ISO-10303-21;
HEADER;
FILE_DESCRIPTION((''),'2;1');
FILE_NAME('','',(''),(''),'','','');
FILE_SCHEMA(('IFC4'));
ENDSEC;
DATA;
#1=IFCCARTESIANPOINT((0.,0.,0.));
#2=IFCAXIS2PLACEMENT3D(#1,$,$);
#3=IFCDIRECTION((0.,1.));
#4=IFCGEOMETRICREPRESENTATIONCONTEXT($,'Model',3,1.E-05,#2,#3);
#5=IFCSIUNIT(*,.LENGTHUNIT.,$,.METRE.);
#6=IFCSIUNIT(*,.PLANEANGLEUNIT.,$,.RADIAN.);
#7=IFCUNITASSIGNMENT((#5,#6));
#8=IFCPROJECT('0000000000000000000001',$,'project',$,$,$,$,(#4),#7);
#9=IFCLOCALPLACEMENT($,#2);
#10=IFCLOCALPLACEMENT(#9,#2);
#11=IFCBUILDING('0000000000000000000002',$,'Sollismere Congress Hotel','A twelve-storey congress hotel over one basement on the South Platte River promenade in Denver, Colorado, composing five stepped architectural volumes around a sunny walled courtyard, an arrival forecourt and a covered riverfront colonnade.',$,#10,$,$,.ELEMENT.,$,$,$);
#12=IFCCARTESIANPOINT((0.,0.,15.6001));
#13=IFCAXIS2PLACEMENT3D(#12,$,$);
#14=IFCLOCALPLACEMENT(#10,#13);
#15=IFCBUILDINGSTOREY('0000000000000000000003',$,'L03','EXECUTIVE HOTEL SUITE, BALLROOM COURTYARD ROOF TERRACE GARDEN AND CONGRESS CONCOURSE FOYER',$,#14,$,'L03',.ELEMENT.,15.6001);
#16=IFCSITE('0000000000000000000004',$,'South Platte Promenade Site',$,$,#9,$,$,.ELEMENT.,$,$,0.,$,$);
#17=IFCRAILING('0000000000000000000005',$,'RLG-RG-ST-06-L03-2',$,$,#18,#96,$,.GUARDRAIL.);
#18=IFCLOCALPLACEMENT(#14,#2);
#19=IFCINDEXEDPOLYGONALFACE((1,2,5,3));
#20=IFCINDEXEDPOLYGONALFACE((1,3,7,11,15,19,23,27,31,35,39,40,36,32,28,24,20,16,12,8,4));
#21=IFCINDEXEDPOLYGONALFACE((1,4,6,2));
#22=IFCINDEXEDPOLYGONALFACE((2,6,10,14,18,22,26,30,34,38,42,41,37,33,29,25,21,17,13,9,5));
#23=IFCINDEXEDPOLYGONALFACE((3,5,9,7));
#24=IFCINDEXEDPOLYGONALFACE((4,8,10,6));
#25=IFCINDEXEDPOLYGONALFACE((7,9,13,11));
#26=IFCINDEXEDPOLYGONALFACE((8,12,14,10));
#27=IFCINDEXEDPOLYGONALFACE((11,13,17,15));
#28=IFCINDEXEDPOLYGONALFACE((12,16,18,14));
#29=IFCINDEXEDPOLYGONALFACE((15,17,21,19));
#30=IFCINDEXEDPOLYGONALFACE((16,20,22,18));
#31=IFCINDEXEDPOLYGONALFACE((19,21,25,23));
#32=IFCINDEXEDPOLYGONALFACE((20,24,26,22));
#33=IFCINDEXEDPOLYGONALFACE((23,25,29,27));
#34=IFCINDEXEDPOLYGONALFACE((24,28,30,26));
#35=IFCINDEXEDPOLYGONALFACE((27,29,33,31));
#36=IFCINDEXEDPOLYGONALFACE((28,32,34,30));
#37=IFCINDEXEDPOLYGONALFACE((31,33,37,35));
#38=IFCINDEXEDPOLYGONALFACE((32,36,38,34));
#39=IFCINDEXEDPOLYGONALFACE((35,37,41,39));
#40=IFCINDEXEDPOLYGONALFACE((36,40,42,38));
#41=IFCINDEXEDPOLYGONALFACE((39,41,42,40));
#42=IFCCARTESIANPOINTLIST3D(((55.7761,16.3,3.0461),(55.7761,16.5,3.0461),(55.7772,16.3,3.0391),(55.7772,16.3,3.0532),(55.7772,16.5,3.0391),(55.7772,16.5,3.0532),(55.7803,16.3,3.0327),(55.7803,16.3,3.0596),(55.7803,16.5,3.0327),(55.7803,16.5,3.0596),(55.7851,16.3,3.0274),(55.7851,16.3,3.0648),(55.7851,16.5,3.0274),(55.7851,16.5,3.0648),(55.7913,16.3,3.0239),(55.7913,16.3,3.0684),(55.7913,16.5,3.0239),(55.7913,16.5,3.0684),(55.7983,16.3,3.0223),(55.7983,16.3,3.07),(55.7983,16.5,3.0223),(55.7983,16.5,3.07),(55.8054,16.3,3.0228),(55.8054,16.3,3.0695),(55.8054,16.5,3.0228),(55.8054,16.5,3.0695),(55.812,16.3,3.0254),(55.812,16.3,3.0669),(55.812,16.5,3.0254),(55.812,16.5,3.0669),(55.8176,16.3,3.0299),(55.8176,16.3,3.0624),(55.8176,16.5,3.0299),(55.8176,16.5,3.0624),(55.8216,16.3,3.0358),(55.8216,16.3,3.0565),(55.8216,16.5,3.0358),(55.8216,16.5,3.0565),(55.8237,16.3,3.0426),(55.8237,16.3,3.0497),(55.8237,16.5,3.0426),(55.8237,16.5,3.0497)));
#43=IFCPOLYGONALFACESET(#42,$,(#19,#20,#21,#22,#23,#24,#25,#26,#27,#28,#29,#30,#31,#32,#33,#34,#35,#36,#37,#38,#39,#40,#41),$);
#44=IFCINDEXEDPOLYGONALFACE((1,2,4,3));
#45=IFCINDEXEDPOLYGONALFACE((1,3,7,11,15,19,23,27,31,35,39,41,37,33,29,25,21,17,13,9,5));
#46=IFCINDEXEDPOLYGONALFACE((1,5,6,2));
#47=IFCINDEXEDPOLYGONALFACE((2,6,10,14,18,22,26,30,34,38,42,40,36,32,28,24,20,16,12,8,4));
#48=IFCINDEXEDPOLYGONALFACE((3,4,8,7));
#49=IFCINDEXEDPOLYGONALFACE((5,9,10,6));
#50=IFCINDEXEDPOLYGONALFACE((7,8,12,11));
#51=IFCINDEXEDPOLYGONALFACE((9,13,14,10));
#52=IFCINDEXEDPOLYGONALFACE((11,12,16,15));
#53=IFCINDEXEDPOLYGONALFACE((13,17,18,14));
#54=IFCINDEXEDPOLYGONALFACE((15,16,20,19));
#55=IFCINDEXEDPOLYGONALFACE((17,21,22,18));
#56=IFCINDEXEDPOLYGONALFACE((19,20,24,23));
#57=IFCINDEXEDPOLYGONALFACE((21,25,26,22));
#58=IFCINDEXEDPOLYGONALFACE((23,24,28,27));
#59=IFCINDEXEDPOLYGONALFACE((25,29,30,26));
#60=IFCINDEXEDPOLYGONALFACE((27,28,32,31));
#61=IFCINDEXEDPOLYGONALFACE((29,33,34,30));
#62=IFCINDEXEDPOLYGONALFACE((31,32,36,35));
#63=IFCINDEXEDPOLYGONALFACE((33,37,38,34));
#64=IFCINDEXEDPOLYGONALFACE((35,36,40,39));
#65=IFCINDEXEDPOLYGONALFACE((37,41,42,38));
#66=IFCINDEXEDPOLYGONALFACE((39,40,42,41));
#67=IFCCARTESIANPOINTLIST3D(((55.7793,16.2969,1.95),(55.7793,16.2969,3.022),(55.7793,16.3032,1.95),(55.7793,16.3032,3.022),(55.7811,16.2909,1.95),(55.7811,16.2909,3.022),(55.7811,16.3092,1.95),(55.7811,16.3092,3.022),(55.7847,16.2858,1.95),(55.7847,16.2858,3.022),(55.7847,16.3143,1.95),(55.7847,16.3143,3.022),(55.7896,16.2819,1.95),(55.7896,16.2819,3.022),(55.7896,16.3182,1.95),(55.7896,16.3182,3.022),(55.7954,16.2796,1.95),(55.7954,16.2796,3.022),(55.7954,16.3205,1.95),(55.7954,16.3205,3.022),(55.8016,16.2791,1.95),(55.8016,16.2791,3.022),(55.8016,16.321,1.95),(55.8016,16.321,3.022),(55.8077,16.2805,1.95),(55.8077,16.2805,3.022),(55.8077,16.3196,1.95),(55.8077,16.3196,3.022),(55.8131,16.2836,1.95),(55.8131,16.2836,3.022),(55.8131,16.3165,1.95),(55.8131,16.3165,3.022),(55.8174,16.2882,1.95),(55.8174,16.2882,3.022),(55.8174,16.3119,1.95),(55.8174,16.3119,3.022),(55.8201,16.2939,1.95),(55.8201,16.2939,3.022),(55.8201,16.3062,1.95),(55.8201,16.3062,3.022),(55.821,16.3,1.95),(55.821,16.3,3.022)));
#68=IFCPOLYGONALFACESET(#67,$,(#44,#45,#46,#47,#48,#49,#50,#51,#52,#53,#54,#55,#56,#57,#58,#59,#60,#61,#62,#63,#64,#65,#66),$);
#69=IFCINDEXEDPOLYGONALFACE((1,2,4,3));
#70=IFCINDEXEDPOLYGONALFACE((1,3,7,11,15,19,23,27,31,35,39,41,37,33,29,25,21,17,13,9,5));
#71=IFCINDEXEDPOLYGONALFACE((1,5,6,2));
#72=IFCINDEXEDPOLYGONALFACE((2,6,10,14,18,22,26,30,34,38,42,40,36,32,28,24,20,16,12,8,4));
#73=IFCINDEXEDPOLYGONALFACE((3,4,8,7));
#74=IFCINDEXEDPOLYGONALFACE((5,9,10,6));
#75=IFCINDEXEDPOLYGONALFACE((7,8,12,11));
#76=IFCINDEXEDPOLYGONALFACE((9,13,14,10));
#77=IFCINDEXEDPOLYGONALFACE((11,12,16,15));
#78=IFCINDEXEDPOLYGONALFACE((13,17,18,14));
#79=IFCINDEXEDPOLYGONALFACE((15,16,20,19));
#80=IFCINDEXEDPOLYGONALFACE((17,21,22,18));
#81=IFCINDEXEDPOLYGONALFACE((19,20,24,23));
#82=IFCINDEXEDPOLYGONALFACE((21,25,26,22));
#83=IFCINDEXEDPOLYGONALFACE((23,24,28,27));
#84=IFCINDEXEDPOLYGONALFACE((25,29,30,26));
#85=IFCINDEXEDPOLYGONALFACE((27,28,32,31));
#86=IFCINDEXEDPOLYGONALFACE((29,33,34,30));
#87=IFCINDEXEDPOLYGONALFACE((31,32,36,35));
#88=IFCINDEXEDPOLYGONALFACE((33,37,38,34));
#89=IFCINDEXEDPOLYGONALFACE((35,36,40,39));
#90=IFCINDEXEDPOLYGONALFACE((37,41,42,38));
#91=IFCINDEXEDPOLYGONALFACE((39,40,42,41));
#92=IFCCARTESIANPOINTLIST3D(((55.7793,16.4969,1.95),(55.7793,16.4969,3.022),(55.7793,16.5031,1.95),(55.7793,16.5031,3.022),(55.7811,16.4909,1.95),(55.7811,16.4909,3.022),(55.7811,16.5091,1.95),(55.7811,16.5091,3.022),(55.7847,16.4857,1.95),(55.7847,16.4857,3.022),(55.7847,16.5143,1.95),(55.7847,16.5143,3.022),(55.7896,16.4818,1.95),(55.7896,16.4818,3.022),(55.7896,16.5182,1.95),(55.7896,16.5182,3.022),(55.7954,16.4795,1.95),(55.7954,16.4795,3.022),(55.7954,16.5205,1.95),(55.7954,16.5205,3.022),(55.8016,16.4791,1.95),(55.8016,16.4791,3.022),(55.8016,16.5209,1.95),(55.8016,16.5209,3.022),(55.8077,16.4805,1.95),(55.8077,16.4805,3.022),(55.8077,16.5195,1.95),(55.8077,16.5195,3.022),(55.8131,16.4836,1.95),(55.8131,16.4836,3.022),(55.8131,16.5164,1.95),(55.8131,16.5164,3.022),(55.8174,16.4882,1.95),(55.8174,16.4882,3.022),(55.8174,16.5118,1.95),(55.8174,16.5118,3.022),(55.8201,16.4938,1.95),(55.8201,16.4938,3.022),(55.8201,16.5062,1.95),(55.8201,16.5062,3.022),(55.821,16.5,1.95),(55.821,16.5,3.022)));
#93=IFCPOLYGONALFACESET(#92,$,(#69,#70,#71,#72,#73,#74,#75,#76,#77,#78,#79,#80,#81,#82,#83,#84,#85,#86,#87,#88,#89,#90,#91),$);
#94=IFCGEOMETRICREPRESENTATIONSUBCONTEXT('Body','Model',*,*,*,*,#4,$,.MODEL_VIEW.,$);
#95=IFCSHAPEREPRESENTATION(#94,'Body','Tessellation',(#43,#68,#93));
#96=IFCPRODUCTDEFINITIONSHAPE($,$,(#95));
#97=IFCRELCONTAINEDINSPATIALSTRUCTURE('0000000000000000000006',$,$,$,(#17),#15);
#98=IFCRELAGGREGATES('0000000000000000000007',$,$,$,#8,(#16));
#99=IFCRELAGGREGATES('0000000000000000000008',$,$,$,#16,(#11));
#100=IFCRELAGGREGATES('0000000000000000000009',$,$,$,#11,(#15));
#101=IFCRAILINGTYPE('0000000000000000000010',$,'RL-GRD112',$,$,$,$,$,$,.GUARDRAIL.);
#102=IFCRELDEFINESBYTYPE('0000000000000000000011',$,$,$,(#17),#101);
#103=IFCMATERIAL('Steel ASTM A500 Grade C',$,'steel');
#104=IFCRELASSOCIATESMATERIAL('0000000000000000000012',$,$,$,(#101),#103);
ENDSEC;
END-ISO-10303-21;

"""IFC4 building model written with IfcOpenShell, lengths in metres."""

from ifc_helpers import new_model, si_unit, direction, frame, origin, origin_2d, place, context, subcontext, project, spatial, circle, extrude, material, type_object, element, save


model = new_model("IFC4")

# Units and contexts
model_context = context("Model", 3, precision=1e-05, world=origin(), true_north=direction((0.0, 1.0)))
body_context = subcontext(model_context, "Body", "Model", "MODEL_VIEW")
ifc_project = project(units=[si_unit("LENGTHUNIT", "METRE"), si_unit("PLANEANGLEUNIT", "RADIAN")], contexts=[model_context])

# Site, building, storey
site_placement = place(None, origin())
site = spatial("IfcSite", under=ifc_project, at=site_placement, Name="South Platte Promenade Site", CompositionType="ELEMENT", RefElevation=0.0)
building_placement = place(site_placement, origin())
building = spatial("IfcBuilding", under=site, at=building_placement, Name="Sollismere Congress Hotel", Description="A twelve-storey congress hotel over one basement on the South Platte River promenade in Denver, Colorado, composing five stepped architectural volumes around a sunny walled courtyard, an arrival forecourt and a covered riverfront colonnade.", CompositionType="ELEMENT")
storey_placement = place(building_placement, frame((0.0, 0.0, 15.6001)))
storey = spatial("IfcBuildingStorey", under=building, at=storey_placement, Name="L03", Description="EXECUTIVE HOTEL SUITE, BALLROOM COURTYARD ROOF TERRACE GARDEN AND CONGRESS CONCOURSE FOYER", LongName="L03", CompositionType="ELEMENT", Elevation=15.6001)

# Railing
ifc_material_1 = material(Name="Steel ASTM A500 Grade C", Category="steel")
railing_type_1 = type_object("IfcRailingType", Name="RL-GRD112", PredefinedType="GUARDRAIL", material=ifc_material_1)
railing_1_placement = place(storey_placement, frame((55.8, 16.3, 1.95)))
element("IfcRailing", 1, at=railing_1_placement, inside=storey, type_object=railing_type_1, Name="RLG-RG-ST-06-L03-2", PredefinedType="GUARDRAIL", context=body_context, shape_type="SweptSolid", body=[
    extrude(circle(Radius=0.0239, at=origin_2d()), frame((0.0, 0.0, 1.0962), z_axis=(0.0, 1.0, 0.0), x_axis=(-1.0, 0.0, 0.0)), (0.0, 0.0, 1.0), 0.2),
    extrude(circle(Radius=0.021, at=origin_2d()), origin(), (0.0, 0.0, 1.0), 1.072),
    extrude(circle(Radius=0.021, at=origin_2d()), frame((0.0, 0.2, 0.0)), (0.0, 0.0, 1.0), 1.072),
])

save(model, "model.ifc")
